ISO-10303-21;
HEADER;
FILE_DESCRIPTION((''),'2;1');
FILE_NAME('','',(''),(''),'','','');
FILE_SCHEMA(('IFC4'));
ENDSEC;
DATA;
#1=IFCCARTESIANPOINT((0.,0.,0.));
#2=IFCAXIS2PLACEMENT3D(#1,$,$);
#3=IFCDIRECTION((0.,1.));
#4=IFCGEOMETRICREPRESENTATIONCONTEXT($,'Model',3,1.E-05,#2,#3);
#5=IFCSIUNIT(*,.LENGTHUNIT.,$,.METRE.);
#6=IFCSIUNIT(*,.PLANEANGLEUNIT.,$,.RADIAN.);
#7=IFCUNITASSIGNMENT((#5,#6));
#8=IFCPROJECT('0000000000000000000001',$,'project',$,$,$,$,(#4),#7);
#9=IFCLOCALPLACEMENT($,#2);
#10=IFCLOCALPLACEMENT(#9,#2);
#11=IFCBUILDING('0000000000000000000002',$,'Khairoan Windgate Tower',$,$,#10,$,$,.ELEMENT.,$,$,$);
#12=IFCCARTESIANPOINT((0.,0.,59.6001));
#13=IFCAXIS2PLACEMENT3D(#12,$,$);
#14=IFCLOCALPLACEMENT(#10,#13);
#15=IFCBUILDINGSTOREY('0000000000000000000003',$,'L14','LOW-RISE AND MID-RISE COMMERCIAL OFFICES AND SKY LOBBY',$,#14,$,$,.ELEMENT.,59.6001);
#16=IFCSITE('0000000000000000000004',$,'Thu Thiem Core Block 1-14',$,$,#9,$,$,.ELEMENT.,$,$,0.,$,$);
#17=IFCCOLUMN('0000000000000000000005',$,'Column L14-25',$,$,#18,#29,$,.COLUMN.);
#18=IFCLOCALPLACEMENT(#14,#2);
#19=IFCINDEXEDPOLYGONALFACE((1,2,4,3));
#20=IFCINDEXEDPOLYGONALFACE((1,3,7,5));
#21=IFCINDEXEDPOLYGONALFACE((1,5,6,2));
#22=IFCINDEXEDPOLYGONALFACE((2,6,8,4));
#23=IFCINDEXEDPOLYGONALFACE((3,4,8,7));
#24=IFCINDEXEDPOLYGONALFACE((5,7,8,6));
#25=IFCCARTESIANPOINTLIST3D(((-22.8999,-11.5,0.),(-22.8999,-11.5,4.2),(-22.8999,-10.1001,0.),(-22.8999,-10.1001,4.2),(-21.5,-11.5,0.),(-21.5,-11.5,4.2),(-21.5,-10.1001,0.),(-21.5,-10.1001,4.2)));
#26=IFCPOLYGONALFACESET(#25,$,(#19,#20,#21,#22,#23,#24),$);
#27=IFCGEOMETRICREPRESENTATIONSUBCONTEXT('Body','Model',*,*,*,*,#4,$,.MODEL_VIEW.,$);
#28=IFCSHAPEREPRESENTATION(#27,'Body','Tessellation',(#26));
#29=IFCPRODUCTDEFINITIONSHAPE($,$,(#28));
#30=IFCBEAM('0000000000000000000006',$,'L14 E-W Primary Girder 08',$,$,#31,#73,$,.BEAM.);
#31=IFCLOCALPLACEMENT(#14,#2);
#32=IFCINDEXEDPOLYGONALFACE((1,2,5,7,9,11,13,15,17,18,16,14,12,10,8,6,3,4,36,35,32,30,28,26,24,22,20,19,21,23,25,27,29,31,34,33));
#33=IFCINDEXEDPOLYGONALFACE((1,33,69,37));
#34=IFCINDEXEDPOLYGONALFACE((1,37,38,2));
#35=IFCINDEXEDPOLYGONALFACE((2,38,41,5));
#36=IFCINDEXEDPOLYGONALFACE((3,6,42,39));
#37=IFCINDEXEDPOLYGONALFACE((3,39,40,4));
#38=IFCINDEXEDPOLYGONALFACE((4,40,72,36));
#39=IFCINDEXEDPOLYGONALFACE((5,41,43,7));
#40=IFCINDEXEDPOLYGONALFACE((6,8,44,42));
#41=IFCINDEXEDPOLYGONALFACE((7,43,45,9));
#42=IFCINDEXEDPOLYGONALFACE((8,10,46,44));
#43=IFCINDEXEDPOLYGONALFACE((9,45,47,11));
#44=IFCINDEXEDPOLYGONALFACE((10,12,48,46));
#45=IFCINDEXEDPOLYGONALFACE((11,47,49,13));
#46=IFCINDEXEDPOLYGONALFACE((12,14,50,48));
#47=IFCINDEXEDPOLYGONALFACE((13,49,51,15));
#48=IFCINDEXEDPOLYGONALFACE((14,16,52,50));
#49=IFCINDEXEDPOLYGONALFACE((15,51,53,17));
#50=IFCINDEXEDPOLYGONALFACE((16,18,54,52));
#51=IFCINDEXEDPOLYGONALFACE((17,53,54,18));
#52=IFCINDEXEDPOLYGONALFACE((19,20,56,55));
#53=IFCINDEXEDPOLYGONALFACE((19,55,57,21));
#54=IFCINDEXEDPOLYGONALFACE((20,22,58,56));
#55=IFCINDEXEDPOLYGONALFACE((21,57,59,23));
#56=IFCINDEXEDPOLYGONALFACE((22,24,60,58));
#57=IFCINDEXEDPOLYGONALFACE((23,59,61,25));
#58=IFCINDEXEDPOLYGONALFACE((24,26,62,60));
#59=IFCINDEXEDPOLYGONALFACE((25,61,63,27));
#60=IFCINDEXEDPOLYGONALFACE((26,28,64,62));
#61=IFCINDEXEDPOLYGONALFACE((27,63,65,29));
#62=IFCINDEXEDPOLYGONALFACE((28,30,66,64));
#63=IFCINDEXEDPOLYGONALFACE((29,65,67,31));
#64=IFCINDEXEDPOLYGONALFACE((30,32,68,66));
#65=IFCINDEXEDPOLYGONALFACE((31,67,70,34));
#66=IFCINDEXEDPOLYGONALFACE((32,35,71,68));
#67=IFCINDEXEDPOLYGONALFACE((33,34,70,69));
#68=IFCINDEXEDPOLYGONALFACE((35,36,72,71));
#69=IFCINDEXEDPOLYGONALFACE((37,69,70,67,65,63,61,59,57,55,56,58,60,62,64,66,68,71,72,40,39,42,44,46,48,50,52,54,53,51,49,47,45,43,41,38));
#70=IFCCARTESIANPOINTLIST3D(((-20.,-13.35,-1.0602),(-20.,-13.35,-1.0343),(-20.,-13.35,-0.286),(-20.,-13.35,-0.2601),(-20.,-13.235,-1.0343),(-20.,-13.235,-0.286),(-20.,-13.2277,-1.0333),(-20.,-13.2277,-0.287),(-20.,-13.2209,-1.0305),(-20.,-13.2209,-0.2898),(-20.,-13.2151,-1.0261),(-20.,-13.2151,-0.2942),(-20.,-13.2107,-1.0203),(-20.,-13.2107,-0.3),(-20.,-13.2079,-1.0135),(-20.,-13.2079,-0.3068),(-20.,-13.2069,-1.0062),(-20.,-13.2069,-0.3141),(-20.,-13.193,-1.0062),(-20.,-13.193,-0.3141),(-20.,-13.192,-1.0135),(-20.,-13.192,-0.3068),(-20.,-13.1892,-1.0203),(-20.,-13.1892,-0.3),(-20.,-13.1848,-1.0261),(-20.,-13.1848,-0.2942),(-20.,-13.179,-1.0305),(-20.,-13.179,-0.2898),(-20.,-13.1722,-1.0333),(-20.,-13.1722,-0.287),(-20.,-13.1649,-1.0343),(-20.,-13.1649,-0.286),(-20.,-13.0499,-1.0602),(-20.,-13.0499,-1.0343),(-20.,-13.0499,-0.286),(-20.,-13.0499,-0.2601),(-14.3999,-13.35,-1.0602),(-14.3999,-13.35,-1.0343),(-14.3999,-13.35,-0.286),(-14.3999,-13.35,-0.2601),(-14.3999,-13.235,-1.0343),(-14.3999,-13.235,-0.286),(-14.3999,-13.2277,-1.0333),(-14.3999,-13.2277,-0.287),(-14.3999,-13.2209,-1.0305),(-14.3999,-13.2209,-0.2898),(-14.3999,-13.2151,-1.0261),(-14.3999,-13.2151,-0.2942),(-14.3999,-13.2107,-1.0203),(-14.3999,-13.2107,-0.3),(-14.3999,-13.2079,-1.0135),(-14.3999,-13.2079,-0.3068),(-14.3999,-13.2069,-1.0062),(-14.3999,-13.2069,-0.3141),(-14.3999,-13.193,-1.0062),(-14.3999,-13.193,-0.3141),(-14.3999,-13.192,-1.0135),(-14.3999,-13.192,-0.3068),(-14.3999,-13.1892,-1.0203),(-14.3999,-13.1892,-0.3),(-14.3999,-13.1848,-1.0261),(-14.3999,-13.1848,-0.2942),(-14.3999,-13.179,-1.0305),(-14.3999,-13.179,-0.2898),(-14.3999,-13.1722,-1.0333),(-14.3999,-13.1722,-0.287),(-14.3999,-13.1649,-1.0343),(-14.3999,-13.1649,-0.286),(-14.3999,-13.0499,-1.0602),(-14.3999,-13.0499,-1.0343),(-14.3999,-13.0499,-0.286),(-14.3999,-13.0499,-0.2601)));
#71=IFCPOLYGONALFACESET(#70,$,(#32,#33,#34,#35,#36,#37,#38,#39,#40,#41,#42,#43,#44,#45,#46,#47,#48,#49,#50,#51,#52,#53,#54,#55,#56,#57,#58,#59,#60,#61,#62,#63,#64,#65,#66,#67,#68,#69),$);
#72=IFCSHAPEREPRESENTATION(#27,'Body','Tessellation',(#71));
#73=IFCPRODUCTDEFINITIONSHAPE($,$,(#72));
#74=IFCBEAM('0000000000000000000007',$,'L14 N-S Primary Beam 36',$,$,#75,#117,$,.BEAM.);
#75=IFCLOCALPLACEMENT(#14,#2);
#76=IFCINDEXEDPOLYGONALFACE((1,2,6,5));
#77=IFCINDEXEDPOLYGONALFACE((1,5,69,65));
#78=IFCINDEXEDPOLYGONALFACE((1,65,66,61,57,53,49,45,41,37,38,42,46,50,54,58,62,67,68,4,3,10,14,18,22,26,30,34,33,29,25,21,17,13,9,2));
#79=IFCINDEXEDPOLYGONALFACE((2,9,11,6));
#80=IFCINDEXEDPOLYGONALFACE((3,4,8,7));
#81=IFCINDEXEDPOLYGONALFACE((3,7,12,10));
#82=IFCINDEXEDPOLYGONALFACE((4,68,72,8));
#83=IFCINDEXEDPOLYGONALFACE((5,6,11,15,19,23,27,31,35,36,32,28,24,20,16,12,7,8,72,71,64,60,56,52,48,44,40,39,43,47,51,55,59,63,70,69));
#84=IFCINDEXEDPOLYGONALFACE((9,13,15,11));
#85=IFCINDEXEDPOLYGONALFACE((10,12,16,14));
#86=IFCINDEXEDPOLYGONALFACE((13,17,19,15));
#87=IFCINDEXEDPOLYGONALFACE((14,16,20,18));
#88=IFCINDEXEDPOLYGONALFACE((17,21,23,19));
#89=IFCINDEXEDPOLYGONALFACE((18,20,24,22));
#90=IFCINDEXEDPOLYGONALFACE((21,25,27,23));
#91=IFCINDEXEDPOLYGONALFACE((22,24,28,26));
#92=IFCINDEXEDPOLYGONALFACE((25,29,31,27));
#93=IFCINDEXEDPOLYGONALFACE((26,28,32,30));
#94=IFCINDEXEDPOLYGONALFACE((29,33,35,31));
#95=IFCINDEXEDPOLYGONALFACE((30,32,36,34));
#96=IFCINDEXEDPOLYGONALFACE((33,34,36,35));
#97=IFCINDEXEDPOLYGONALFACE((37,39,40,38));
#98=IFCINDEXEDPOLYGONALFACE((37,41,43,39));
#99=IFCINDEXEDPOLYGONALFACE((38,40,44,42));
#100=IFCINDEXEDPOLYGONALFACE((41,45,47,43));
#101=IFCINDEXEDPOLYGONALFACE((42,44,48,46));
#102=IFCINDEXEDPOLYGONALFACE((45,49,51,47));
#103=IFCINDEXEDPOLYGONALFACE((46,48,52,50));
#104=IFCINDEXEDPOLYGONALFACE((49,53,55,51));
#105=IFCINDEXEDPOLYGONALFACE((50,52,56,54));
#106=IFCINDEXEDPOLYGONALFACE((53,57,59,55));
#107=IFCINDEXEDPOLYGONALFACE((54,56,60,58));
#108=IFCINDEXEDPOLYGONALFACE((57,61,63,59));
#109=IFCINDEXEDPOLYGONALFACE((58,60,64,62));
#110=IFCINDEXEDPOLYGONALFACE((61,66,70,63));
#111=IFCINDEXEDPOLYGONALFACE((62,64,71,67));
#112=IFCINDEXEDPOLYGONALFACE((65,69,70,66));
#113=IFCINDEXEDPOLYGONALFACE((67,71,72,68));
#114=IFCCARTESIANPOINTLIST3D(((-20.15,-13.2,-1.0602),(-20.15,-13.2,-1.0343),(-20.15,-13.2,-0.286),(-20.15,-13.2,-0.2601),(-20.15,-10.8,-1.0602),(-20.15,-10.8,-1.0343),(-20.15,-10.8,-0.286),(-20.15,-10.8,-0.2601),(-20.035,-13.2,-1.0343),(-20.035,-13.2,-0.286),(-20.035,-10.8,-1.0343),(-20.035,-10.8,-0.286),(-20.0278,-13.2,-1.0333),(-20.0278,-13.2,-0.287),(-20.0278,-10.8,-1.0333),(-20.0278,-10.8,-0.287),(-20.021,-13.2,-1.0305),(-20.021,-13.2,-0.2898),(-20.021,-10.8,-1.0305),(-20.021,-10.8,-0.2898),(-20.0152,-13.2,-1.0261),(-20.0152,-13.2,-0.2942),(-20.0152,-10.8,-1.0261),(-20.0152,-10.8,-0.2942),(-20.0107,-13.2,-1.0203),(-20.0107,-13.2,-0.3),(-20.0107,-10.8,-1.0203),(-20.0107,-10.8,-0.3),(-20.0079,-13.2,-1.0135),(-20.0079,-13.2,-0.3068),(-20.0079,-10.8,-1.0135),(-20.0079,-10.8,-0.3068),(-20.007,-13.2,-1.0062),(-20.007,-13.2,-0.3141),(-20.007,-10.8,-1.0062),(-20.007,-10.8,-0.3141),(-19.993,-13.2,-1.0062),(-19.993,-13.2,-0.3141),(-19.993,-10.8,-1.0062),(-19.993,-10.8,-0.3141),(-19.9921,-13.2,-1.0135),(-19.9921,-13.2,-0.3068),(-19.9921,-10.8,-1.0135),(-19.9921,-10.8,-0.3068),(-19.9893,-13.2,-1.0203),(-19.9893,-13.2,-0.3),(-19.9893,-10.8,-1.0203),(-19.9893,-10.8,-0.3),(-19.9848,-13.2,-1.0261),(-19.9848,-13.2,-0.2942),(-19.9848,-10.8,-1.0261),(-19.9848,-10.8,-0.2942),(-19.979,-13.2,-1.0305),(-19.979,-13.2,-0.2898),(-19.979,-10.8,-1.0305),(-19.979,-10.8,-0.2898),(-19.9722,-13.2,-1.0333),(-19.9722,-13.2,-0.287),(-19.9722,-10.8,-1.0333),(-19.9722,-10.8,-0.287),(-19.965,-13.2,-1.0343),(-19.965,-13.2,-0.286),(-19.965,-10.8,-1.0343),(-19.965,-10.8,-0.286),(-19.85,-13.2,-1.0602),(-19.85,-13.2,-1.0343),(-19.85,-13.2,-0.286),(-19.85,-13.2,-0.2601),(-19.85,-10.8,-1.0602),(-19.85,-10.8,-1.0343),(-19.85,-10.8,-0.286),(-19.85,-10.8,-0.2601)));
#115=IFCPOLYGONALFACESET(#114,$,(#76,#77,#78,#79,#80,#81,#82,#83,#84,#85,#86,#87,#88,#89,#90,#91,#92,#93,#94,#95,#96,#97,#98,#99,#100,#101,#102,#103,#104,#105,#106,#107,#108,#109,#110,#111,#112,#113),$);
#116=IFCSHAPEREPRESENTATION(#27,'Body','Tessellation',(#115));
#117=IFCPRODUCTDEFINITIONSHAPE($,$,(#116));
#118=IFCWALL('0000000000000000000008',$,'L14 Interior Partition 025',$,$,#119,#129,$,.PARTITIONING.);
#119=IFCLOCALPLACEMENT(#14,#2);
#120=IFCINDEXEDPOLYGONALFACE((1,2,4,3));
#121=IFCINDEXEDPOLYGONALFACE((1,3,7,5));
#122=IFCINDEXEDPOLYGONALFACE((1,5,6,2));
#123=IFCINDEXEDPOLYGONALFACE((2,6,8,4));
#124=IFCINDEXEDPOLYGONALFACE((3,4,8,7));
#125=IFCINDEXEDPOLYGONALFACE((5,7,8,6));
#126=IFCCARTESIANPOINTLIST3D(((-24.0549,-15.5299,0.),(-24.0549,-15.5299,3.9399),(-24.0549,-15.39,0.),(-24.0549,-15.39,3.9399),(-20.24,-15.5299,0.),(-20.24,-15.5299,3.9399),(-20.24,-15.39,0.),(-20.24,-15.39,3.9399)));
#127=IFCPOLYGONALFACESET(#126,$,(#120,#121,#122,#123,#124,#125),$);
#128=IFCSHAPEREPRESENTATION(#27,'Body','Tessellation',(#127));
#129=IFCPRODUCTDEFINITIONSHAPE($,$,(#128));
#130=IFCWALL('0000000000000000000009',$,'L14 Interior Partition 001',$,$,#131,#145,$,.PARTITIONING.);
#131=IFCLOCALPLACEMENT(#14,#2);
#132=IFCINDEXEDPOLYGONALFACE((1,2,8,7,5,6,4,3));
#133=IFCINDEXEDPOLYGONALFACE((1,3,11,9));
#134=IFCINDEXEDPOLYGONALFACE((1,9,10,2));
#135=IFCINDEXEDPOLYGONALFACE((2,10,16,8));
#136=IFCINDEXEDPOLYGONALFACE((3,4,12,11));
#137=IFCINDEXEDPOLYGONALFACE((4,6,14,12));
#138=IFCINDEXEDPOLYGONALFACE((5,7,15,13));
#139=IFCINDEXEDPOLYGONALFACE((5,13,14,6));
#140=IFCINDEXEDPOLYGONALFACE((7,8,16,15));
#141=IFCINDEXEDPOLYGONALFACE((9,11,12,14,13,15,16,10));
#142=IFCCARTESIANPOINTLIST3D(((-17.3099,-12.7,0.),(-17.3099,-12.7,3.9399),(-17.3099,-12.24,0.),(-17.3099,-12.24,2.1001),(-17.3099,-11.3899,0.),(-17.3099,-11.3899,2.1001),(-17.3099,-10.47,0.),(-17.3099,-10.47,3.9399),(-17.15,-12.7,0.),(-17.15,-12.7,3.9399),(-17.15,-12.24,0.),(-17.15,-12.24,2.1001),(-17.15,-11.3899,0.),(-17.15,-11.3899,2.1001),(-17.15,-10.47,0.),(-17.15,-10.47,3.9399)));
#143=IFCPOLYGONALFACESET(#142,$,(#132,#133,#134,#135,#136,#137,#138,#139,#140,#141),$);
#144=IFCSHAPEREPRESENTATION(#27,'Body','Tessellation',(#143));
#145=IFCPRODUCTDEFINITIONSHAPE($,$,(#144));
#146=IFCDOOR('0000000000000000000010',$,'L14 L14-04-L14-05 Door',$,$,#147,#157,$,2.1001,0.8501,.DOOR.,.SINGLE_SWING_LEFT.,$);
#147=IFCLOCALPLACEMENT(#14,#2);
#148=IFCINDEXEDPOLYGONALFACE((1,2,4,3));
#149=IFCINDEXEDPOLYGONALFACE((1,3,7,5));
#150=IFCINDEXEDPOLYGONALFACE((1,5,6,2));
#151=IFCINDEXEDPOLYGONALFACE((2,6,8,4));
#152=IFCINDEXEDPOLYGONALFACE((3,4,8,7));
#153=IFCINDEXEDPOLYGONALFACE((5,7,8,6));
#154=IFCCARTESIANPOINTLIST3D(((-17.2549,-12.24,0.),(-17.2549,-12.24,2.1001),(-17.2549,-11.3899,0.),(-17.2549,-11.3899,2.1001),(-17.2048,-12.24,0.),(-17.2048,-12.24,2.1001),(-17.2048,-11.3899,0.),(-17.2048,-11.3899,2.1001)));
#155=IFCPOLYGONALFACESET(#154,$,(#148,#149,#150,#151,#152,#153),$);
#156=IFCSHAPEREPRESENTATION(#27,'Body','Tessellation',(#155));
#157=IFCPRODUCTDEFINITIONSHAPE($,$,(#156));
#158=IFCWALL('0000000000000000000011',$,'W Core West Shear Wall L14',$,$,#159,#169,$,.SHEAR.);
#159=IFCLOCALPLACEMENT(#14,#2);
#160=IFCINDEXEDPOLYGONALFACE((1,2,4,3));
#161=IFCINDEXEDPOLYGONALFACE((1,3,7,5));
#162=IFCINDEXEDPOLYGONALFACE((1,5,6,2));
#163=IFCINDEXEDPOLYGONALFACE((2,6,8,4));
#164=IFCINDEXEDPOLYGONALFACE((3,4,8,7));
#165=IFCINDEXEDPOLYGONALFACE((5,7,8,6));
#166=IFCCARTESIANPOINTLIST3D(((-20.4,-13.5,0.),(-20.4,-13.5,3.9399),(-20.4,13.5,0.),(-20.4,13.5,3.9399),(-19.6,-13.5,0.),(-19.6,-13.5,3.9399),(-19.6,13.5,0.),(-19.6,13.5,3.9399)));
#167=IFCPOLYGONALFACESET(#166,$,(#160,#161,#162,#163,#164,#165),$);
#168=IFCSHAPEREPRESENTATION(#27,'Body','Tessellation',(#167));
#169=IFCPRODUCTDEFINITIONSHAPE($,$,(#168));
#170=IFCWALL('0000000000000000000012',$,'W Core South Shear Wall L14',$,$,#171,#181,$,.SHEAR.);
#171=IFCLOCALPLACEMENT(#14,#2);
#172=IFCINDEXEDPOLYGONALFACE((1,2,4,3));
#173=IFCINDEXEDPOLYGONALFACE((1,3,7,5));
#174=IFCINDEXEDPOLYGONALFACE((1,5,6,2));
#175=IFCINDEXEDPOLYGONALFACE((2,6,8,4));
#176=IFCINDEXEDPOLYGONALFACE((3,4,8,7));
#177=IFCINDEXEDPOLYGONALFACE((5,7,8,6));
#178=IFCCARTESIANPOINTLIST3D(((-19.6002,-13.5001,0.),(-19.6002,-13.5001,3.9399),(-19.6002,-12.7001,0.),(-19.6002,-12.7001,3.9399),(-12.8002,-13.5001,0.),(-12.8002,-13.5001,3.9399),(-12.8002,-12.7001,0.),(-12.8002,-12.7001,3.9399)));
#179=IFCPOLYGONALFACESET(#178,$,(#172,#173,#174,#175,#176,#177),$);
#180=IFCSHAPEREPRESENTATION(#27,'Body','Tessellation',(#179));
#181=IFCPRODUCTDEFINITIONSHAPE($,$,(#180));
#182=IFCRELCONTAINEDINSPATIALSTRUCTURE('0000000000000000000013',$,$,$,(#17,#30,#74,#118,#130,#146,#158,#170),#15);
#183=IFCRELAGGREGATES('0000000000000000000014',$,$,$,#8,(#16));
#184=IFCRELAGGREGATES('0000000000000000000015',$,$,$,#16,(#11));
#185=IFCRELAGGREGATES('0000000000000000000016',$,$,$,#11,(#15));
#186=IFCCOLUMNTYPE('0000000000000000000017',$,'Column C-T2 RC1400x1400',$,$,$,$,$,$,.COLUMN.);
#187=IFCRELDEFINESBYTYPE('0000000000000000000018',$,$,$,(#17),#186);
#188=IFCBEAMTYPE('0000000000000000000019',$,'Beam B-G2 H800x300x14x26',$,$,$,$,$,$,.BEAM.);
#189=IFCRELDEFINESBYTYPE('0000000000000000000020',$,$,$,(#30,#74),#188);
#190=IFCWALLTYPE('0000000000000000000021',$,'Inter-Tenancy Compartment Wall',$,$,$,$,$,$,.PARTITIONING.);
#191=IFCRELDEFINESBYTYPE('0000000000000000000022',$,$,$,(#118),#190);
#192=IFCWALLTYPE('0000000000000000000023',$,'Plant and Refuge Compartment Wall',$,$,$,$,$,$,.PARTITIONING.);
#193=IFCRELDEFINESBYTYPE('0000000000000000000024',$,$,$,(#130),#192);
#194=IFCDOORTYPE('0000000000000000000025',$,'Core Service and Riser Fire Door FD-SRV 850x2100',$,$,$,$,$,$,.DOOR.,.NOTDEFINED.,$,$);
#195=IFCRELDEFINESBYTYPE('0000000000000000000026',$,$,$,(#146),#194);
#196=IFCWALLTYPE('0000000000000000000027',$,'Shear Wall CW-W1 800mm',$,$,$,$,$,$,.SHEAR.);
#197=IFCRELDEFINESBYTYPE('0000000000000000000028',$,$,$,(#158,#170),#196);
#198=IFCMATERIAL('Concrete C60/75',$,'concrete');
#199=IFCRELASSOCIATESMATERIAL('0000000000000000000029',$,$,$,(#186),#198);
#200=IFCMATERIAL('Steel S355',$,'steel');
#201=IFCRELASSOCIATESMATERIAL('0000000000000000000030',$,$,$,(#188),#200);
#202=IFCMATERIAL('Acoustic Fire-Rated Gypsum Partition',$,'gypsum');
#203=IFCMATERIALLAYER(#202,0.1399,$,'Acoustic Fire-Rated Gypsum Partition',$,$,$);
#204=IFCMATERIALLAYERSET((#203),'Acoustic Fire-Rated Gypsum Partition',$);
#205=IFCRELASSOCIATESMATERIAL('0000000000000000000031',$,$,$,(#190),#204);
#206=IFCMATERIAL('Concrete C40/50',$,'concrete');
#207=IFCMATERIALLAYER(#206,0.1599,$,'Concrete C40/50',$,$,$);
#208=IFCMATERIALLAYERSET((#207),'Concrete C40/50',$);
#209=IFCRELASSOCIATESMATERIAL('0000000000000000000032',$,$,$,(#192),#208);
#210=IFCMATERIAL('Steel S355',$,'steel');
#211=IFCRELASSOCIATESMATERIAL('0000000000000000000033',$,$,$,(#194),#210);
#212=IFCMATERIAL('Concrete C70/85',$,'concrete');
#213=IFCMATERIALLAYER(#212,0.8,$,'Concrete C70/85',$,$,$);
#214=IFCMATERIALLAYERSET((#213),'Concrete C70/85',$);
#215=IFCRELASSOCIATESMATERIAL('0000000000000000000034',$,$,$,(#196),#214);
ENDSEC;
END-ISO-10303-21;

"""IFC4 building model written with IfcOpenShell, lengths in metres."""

from ifc_helpers import new_model, si_unit, direction, frame, frame_2d, origin, origin_2d, place, context, subcontext, project, spatial, rectangle, i_section, extrude, material, layer, layer_set, material_profile, profile_set, type_object, element, fill, save


model = new_model("IFC4")

# Units and contexts
model_context = context("Model", 3, precision=1e-05, world=origin(), true_north=direction((0.0, 1.0)))
body_context = subcontext(model_context, "Body", "Model", "MODEL_VIEW")
ifc_project = project(units=[si_unit("LENGTHUNIT", "METRE"), si_unit("PLANEANGLEUNIT", "RADIAN")], contexts=[model_context])

# Site, building, storey
site_placement = place(None, origin())
site = spatial("IfcSite", under=ifc_project, at=site_placement, Name="Thu Thiem Core Block 1-14", CompositionType="ELEMENT", RefElevation=0.0)
building_placement = place(site_placement, origin())
building = spatial("IfcBuilding", under=site, at=building_placement, Name="Khairoan Windgate Tower", CompositionType="ELEMENT")
storey_placement = place(building_placement, frame((0.0, 0.0, 59.6001)))
storey = spatial("IfcBuildingStorey", under=building, at=storey_placement, Name="L14", Description="LOW-RISE AND MID-RISE COMMERCIAL OFFICES AND SKY LOBBY", CompositionType="ELEMENT", Elevation=59.6001)

# Column
ifc_material_1 = material(Name="Concrete C60/75", Category="concrete")
ifc_material_profile_1 = material_profile(ifc_material_1, rectangle(XDim=1.3999, YDim=1.3999, at=origin_2d()))
ifc_profile_set_1 = profile_set([ifc_material_profile_1], Name="Concrete C60/75")
column_type = type_object("IfcColumnType", Name="Column C-T2 RC1400x1400", PredefinedType="COLUMN", material=ifc_profile_set_1)
column_placement = place(storey_placement, frame((-22.2, -10.8, 0.0), z_axis=(0.0, 0.0, 1.0), x_axis=(1.0, 0.0, 0.0)))
element("IfcColumn", 1, at=column_placement, inside=storey, type_object=column_type, Name="Column L14-25", PredefinedType="COLUMN", context=body_context, shape_type="SweptSolid", body=[
    extrude(rectangle(XDim=1.3999, YDim=1.3999, at=origin_2d()), origin(), (0.0, 0.0, 1.0), 4.2),
])

# Beams
ifc_material_2 = material(Name="Steel S355", Category="steel")
ifc_material_profile_2 = material_profile(ifc_material_2, i_section(OverallWidth=0.3, OverallDepth=0.8, WebThickness=0.0139, FlangeThickness=0.0259, FilletRadius=0.0281, at=origin_2d()))
ifc_profile_set_2 = profile_set([ifc_material_profile_2], Name="Steel S355")
beam_type = type_object("IfcBeamType", Name="Beam B-G2 H800x300x14x26", PredefinedType="BEAM", material=ifc_profile_set_2)
beam_1_placement = place(storey_placement, frame((-20.0, -13.2, -0.6602), z_axis=(1.0, 0.0, 0.0), x_axis=(0.0, 1.0, 0.0)))
element("IfcBeam", 2, at=beam_1_placement, inside=storey, type_object=beam_type, Name="L14 E-W Primary Girder 08", PredefinedType="BEAM", context=body_context, shape_type="SweptSolid", body=[
    extrude(i_section(OverallWidth=0.3, OverallDepth=0.8, WebThickness=0.0139, FlangeThickness=0.0259, FilletRadius=0.0281, at=origin_2d()), origin(), (0.0, 0.0, 1.0), 5.6001),
])
beam_2_placement = place(storey_placement, frame((-20.0, -13.2, -0.6602), z_axis=(0.0, 1.0, 0.0), x_axis=(-1.0, 0.0, 0.0)))
element("IfcBeam", 3, at=beam_2_placement, inside=storey, type_object=beam_type, Name="L14 N-S Primary Beam 36", PredefinedType="BEAM", context=body_context, shape_type="SweptSolid", body=[
    extrude(i_section(OverallWidth=0.3, OverallDepth=0.8, WebThickness=0.0139, FlangeThickness=0.0259, FilletRadius=0.0281, at=origin_2d()), origin(), (0.0, 0.0, 1.0), 2.3999),
])

# Wall
ifc_material_3 = material(Name="Acoustic Fire-Rated Gypsum Partition", Category="gypsum")
ifc_layer_1 = layer(ifc_material_3, 0.1399, Name="Acoustic Fire-Rated Gypsum Partition")
ifc_layer_set_1 = layer_set([ifc_layer_1], Name="Acoustic Fire-Rated Gypsum Partition")
wall_type_1 = type_object("IfcWallType", Name="Inter-Tenancy Compartment Wall", PredefinedType="PARTITIONING", material=ifc_layer_set_1)
wall_1_placement = place(storey_placement, frame((-24.0549, -15.46, 0.0), z_axis=(0.0, 0.0, 1.0), x_axis=(1.0, 0.0, 0.0)))
element("IfcWall", 4, at=wall_1_placement, inside=storey, type_object=wall_type_1, Name="L14 Interior Partition 025", PredefinedType="PARTITIONING", context=body_context, shape_type="SweptSolid", body=[
    extrude(rectangle(XDim=3.8149, YDim=0.1399, at=frame_2d((1.9075, 0.0))), origin(), (0.0, 0.0, 1.0), 3.9399),
])

# Wall, opening, door
ifc_material_4 = material(Name="Concrete C40/50", Category="concrete")
ifc_layer_2 = layer(ifc_material_4, 0.1599, Name="Concrete C40/50")
ifc_layer_set_2 = layer_set([ifc_layer_2], Name="Concrete C40/50")
wall_type_2 = type_object("IfcWallType", Name="Plant and Refuge Compartment Wall", PredefinedType="PARTITIONING", material=ifc_layer_set_2)
wall_2_placement = place(storey_placement, frame((-17.23, -12.7, 0.0), z_axis=(0.0, 0.0, 1.0), x_axis=(0.0, 1.0, 0.0)))
wall_2 = element("IfcWall", 5, at=wall_2_placement, inside=storey, type_object=wall_type_2, Name="L14 Interior Partition 001", PredefinedType="PARTITIONING", context=body_context, shape_type="SweptSolid", body=[
    extrude(rectangle(XDim=2.23, YDim=0.1599, at=frame_2d((1.115, 0.0))), origin(), (0.0, 0.0, 1.0), 3.9399),
])
opening_1_placement = place(wall_2_placement, frame((0.46, 0.0, 0.0)))
opening_1 = element("IfcOpeningElement", 6, at=opening_1_placement, cuts=wall_2, PredefinedType="OPENING", context=body_context, shape_type="SweptSolid", body=[
    extrude(rectangle(XDim=0.8501, YDim=2.1001, at=frame_2d((0.425, 1.05))), frame((0.0, 0.0898, 0.0), z_axis=(0.0, -1.0, 0.0), x_axis=(1.0, 0.0, 0.0)), (0.0, 0.0, 1.0), 0.1799),
])
ifc_material_5 = material(Name="Steel S355", Category="steel")
door_type_1 = type_object("IfcDoorType", Name="Core Service and Riser Fire Door FD-SRV 850x2100", OperationType="NOTDEFINED", PredefinedType="DOOR", material=ifc_material_5)
door_1_placement = place(opening_1_placement, origin())
door_1 = element("IfcDoor", 7, at=door_1_placement, inside=storey, type_object=door_type_1, Name="L14 L14-04-L14-05 Door", OperationType="SINGLE_SWING_LEFT", OverallHeight=2.1001, OverallWidth=0.8501, PredefinedType="DOOR", context=body_context, shape_type="SweptSolid", body=[
    extrude(rectangle(XDim=0.8501, YDim=2.1001, at=frame_2d((0.425, 1.05))), frame((0.0, 0.0249, 0.0), z_axis=(0.0, -1.0, 0.0), x_axis=(1.0, 0.0, 0.0)), (0.0, 0.0, 1.0), 0.05),
])
fill(opening_1, door_1)

# Walls
ifc_material_6 = material(Name="Concrete C70/85", Category="concrete")
ifc_layer_3 = layer(ifc_material_6, 0.8, Name="Concrete C70/85")
ifc_layer_set_3 = layer_set([ifc_layer_3], Name="Concrete C70/85")
wall_type_3 = type_object("IfcWallType", Name="Shear Wall CW-W1 800mm", PredefinedType="SHEAR", material=ifc_layer_set_3)
wall_3_placement = place(storey_placement, frame((-20.0, -13.5, 0.0), z_axis=(0.0, 0.0, 1.0), x_axis=(0.0, 1.0, 0.0)))
element("IfcWall", 8, at=wall_3_placement, inside=storey, type_object=wall_type_3, Name="W Core West Shear Wall L14", PredefinedType="SHEAR", context=body_context, shape_type="SweptSolid", body=[
    extrude(rectangle(XDim=27.0, YDim=0.8, at=frame_2d((13.5, 0.0))), origin(), (0.0, 0.0, 1.0), 3.9399),
])
wall_4_placement = place(storey_placement, frame((-19.6001, -13.1001, 0.0), z_axis=(0.0, 0.0, 1.0), x_axis=(1.0, 0.0, 0.0)))
element("IfcWall", 9, at=wall_4_placement, inside=storey, type_object=wall_type_3, Name="W Core South Shear Wall L14", PredefinedType="SHEAR", context=body_context, shape_type="SweptSolid", body=[
    extrude(rectangle(XDim=6.8, YDim=0.8, at=frame_2d((3.3999, 0.0))), origin(), (0.0, 0.0, 1.0), 3.9399),
])

save(model, "model.ifc")
